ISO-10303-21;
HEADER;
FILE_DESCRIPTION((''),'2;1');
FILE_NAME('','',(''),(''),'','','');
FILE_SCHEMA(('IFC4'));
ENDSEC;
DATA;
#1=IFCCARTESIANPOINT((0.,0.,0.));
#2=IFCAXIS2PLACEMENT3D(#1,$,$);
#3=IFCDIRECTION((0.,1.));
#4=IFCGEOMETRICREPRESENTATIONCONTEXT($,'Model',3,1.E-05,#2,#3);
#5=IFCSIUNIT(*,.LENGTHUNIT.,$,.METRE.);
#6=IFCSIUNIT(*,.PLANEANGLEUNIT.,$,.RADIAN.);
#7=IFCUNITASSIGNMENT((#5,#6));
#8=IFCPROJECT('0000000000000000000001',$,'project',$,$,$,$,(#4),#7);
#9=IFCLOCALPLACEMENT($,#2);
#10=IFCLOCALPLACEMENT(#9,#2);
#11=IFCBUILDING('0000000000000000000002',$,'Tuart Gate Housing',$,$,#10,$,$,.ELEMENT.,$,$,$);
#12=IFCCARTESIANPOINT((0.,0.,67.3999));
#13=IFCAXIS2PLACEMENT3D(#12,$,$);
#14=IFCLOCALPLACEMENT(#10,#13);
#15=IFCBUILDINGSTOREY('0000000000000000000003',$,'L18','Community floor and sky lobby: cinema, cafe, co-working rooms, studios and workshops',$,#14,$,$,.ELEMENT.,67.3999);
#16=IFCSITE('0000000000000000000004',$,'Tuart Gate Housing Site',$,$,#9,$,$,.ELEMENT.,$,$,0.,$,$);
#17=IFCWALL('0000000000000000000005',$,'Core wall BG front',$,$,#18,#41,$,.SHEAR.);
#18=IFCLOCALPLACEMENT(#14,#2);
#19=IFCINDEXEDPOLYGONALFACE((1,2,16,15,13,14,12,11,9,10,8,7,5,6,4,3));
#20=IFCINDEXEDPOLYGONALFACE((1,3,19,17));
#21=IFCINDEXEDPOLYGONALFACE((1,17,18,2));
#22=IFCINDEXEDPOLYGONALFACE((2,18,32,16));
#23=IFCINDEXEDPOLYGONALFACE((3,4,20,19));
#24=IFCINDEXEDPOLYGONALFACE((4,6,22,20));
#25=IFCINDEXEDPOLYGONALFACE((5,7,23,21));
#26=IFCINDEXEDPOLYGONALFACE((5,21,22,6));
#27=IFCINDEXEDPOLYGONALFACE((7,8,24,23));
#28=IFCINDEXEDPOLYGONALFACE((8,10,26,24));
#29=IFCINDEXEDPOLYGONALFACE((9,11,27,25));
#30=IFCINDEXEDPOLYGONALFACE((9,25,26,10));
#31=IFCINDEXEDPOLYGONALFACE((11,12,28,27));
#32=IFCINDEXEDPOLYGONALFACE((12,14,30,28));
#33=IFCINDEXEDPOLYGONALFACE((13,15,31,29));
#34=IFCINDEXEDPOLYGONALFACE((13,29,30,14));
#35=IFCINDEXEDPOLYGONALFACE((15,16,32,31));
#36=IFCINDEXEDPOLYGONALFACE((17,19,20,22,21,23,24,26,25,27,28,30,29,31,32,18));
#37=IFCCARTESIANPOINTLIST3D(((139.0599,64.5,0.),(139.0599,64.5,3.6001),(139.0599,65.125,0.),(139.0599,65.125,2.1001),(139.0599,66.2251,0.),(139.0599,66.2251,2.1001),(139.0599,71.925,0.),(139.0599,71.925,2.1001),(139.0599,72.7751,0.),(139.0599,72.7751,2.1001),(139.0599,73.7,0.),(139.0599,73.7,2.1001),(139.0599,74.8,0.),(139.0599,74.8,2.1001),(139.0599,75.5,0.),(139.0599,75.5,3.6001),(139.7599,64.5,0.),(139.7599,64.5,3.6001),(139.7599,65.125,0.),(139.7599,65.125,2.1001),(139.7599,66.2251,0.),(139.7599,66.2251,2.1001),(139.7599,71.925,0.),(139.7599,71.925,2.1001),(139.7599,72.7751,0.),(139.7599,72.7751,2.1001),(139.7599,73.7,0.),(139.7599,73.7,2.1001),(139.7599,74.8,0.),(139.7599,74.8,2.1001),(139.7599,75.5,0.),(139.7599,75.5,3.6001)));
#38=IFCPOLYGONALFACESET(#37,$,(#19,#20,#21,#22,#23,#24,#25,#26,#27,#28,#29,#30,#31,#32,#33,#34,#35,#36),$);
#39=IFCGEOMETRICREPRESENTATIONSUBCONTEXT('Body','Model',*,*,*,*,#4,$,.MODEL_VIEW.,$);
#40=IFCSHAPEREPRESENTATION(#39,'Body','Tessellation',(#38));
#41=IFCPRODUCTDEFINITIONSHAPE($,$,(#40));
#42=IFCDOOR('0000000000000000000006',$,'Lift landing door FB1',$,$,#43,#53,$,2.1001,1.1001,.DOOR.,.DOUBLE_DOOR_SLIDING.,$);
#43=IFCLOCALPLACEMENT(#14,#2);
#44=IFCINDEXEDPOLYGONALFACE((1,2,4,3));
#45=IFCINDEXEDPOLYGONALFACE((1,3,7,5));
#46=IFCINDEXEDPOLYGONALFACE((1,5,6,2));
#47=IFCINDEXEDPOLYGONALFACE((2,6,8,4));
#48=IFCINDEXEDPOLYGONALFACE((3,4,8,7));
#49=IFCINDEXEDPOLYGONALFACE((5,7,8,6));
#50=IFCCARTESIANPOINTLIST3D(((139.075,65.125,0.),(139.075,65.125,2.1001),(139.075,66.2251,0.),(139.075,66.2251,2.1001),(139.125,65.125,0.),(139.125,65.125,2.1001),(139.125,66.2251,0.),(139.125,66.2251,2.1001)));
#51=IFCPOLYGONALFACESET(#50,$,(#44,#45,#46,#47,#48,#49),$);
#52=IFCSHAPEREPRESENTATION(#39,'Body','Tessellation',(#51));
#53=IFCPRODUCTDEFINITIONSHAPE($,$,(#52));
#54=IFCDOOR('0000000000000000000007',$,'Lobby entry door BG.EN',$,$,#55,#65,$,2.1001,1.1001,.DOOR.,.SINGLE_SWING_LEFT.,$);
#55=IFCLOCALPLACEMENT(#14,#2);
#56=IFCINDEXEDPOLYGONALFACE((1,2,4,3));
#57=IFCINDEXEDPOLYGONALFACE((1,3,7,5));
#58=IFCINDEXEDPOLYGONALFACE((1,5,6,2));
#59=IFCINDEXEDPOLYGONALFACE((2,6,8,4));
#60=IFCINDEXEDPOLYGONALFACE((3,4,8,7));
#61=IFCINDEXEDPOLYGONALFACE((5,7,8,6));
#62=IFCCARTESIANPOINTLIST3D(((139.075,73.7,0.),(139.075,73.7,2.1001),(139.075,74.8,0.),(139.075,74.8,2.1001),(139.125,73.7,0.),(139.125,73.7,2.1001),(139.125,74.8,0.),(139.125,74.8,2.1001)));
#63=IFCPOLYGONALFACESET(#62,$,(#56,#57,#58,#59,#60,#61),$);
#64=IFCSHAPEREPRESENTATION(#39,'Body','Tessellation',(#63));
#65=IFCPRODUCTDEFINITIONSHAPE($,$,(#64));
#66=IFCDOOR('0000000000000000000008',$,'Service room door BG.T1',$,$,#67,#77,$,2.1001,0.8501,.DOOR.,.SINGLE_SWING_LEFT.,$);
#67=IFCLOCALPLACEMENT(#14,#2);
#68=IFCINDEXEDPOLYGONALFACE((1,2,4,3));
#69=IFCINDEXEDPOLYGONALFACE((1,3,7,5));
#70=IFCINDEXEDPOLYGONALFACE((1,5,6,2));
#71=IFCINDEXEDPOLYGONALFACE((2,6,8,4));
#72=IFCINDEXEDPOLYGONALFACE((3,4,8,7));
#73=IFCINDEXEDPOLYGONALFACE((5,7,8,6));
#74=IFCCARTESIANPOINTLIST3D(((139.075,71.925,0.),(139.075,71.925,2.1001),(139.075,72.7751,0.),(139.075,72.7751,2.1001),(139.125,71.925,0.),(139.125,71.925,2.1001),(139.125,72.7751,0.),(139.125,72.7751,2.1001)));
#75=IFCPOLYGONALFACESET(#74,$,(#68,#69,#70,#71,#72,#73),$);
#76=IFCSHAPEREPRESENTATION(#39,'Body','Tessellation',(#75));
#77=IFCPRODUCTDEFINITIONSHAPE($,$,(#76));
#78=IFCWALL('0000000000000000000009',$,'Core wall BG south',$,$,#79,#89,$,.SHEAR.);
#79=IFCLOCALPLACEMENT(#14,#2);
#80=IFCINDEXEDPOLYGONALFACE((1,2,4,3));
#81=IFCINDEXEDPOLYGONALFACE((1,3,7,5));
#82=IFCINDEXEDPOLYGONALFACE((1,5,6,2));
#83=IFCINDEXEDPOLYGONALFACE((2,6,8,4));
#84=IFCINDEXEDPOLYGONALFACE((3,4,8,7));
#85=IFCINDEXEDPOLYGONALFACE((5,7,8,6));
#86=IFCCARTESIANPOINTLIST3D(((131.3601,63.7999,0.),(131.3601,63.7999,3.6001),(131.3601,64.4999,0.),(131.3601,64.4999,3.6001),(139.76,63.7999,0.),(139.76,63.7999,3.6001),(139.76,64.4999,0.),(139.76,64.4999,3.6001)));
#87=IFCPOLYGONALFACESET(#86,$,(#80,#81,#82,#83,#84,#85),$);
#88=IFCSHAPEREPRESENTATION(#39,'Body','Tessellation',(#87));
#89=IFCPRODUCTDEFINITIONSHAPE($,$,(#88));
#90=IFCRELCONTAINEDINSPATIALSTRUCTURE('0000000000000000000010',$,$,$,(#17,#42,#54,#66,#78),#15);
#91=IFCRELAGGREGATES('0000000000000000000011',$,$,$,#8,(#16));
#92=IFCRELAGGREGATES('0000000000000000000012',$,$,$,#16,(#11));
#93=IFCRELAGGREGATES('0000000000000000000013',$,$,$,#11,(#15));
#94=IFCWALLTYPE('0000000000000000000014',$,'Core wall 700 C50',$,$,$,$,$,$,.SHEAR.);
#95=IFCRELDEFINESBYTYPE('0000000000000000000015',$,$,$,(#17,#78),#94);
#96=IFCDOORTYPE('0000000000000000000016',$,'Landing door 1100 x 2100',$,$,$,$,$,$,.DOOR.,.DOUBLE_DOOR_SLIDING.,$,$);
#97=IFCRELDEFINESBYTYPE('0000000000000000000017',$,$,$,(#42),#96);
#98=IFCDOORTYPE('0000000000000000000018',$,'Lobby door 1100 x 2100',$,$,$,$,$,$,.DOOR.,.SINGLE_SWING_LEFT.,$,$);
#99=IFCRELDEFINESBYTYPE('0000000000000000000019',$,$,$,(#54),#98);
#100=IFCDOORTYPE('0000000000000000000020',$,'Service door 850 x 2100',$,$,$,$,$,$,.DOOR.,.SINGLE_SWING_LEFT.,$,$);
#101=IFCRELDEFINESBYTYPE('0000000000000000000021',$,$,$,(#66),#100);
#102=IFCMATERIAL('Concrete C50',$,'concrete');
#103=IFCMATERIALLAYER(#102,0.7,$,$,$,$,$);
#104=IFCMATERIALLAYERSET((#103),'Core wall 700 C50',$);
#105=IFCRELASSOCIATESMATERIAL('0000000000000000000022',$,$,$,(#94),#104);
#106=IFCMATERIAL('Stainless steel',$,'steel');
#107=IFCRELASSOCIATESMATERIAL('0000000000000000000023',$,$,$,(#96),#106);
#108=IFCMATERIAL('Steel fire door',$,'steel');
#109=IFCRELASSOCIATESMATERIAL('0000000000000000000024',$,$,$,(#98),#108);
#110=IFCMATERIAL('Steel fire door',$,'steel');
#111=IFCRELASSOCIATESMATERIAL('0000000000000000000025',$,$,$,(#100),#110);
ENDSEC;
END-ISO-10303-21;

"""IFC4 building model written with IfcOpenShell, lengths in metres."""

from ifc_helpers import new_model, si_unit, direction, frame, frame_2d, origin, place, context, subcontext, project, spatial, rectangle, extrude, material, layer, layer_set, type_object, element, fill, save


model = new_model("IFC4")

# Units and contexts
model_context = context("Model", 3, precision=1e-05, world=origin(), true_north=direction((0.0, 1.0)))
body_context = subcontext(model_context, "Body", "Model", "MODEL_VIEW")
ifc_project = project(units=[si_unit("LENGTHUNIT", "METRE"), si_unit("PLANEANGLEUNIT", "RADIAN")], contexts=[model_context])

# Site, building, storey
site_placement = place(None, origin())
site = spatial("IfcSite", under=ifc_project, at=site_placement, Name="Tuart Gate Housing Site", CompositionType="ELEMENT", RefElevation=0.0)
building_placement = place(site_placement, origin())
building = spatial("IfcBuilding", under=site, at=building_placement, Name="Tuart Gate Housing", CompositionType="ELEMENT")
storey_placement = place(building_placement, frame((0.0, 0.0, 67.3999)))
storey = spatial("IfcBuildingStorey", under=building, at=storey_placement, Name="L18", Description="Community floor and sky lobby: cinema, cafe, co-working rooms, studios and workshops", CompositionType="ELEMENT", Elevation=67.3999)

# Wall, openings, doors
ifc_material_1 = material(Name="Concrete C50", Category="concrete")
ifc_layer_1 = layer(ifc_material_1, 0.7)
ifc_layer_set_1 = layer_set([ifc_layer_1], Name="Core wall 700 C50")
wall_type_1 = type_object("IfcWallType", Name="Core wall 700 C50", PredefinedType="SHEAR", material=ifc_layer_set_1)
wall_1_placement = place(storey_placement, frame((139.4099, 64.5, 0.0), z_axis=(0.0, 0.0, 1.0), x_axis=(0.0, 1.0, 0.0)))
wall_1 = element("IfcWall", 1, at=wall_1_placement, inside=storey, type_object=wall_type_1, Name="Core wall BG front", PredefinedType="SHEAR", context=body_context, shape_type="SweptSolid", body=[
    extrude(rectangle(XDim=11.0, YDim=0.7, at=frame_2d((5.5, 0.0))), origin(), (0.0, 0.0, 1.0), 3.6001),
])
opening_1_placement = place(wall_1_placement, frame((0.625, 0.0, 0.0)))
opening_1 = element("IfcOpeningElement", 2, at=opening_1_placement, cuts=wall_1, PredefinedType="OPENING", context=body_context, shape_type="SweptSolid", body=[
    extrude(rectangle(XDim=1.1001, YDim=2.1001, at=frame_2d((0.55, 1.05))), frame((0.0, 0.3599, 0.0), z_axis=(0.0, -1.0, 0.0), x_axis=(1.0, 0.0, 0.0)), (0.0, 0.0, 1.0), 0.72),
])
opening_2_placement = place(wall_1_placement, frame((9.2, 0.0, 0.0)))
opening_2 = element("IfcOpeningElement", 3, at=opening_2_placement, cuts=wall_1, PredefinedType="OPENING", context=body_context, shape_type="SweptSolid", body=[
    extrude(rectangle(XDim=1.1001, YDim=2.1001, at=frame_2d((0.55, 1.05))), frame((0.0, 0.3599, 0.0), z_axis=(0.0, -1.0, 0.0), x_axis=(1.0, 0.0, 0.0)), (0.0, 0.0, 1.0), 0.72),
])
opening_3_placement = place(wall_1_placement, frame((7.425, 0.0, 0.0)))
opening_3 = element("IfcOpeningElement", 4, at=opening_3_placement, cuts=wall_1, PredefinedType="OPENING", context=body_context, shape_type="SweptSolid", body=[
    extrude(rectangle(XDim=0.8501, YDim=2.1001, at=frame_2d((0.425, 1.05))), frame((0.0, 0.3599, 0.0), z_axis=(0.0, -1.0, 0.0), x_axis=(1.0, 0.0, 0.0)), (0.0, 0.0, 1.0), 0.72),
])
ifc_material_2 = material(Name="Stainless steel", Category="steel")
door_type_1 = type_object("IfcDoorType", Name="Landing door 1100 x 2100", OperationType="DOUBLE_DOOR_SLIDING", PredefinedType="DOOR", material=ifc_material_2)
door_1_placement = place(opening_1_placement, origin())
door_1 = element("IfcDoor", 5, at=door_1_placement, inside=storey, type_object=door_type_1, Name="Lift landing door FB1", OperationType="DOUBLE_DOOR_SLIDING", OverallHeight=2.1001, OverallWidth=1.1001, PredefinedType="DOOR", context=body_context, shape_type="SweptSolid", body=[
    extrude(rectangle(XDim=1.1001, YDim=2.1001, at=frame_2d((0.55, 1.05))), frame((0.0, 0.335, 0.0), z_axis=(0.0, -1.0, 0.0), x_axis=(1.0, 0.0, 0.0)), (0.0, 0.0, 1.0), 0.05),
])
fill(opening_1, door_1)
ifc_material_3 = material(Name="Steel fire door", Category="steel")
door_type_2 = type_object("IfcDoorType", Name="Lobby door 1100 x 2100", OperationType="SINGLE_SWING_LEFT", PredefinedType="DOOR", material=ifc_material_3)
door_2_placement = place(opening_2_placement, origin())
door_2 = element("IfcDoor", 6, at=door_2_placement, inside=storey, type_object=door_type_2, Name="Lobby entry door BG.EN", OperationType="SINGLE_SWING_LEFT", OverallHeight=2.1001, OverallWidth=1.1001, PredefinedType="DOOR", context=body_context, shape_type="SweptSolid", body=[
    extrude(rectangle(XDim=1.1001, YDim=2.1001, at=frame_2d((0.55, 1.05))), frame((0.0, 0.335, 0.0), z_axis=(0.0, -1.0, 0.0), x_axis=(1.0, 0.0, 0.0)), (0.0, 0.0, 1.0), 0.05),
])
fill(opening_2, door_2)
ifc_material_4 = material(Name="Steel fire door", Category="steel")
door_type_3 = type_object("IfcDoorType", Name="Service door 850 x 2100", OperationType="SINGLE_SWING_LEFT", PredefinedType="DOOR", material=ifc_material_4)
door_3_placement = place(opening_3_placement, origin())
door_3 = element("IfcDoor", 7, at=door_3_placement, inside=storey, type_object=door_type_3, Name="Service room door BG.T1", OperationType="SINGLE_SWING_LEFT", OverallHeight=2.1001, OverallWidth=0.8501, PredefinedType="DOOR", context=body_context, shape_type="SweptSolid", body=[
    extrude(rectangle(XDim=0.8501, YDim=2.1001, at=frame_2d((0.425, 1.05))), frame((0.0, 0.335, 0.0), z_axis=(0.0, -1.0, 0.0), x_axis=(1.0, 0.0, 0.0)), (0.0, 0.0, 1.0), 0.05),
])
fill(opening_3, door_3)

# Wall
wall_2_placement = place(storey_placement, frame((139.76, 64.1499, 0.0), z_axis=(0.0, 0.0, 1.0), x_axis=(-1.0, 0.0, 0.0)))
element("IfcWall", 8, at=wall_2_placement, inside=storey, type_object=wall_type_1, Name="Core wall BG south", PredefinedType="SHEAR", context=body_context, shape_type="SweptSolid", body=[
    extrude(rectangle(XDim=8.3999, YDim=0.7, at=frame_2d((4.2, 0.0))), origin(), (0.0, 0.0, 1.0), 3.6001),
])

save(model, "model.ifc")
